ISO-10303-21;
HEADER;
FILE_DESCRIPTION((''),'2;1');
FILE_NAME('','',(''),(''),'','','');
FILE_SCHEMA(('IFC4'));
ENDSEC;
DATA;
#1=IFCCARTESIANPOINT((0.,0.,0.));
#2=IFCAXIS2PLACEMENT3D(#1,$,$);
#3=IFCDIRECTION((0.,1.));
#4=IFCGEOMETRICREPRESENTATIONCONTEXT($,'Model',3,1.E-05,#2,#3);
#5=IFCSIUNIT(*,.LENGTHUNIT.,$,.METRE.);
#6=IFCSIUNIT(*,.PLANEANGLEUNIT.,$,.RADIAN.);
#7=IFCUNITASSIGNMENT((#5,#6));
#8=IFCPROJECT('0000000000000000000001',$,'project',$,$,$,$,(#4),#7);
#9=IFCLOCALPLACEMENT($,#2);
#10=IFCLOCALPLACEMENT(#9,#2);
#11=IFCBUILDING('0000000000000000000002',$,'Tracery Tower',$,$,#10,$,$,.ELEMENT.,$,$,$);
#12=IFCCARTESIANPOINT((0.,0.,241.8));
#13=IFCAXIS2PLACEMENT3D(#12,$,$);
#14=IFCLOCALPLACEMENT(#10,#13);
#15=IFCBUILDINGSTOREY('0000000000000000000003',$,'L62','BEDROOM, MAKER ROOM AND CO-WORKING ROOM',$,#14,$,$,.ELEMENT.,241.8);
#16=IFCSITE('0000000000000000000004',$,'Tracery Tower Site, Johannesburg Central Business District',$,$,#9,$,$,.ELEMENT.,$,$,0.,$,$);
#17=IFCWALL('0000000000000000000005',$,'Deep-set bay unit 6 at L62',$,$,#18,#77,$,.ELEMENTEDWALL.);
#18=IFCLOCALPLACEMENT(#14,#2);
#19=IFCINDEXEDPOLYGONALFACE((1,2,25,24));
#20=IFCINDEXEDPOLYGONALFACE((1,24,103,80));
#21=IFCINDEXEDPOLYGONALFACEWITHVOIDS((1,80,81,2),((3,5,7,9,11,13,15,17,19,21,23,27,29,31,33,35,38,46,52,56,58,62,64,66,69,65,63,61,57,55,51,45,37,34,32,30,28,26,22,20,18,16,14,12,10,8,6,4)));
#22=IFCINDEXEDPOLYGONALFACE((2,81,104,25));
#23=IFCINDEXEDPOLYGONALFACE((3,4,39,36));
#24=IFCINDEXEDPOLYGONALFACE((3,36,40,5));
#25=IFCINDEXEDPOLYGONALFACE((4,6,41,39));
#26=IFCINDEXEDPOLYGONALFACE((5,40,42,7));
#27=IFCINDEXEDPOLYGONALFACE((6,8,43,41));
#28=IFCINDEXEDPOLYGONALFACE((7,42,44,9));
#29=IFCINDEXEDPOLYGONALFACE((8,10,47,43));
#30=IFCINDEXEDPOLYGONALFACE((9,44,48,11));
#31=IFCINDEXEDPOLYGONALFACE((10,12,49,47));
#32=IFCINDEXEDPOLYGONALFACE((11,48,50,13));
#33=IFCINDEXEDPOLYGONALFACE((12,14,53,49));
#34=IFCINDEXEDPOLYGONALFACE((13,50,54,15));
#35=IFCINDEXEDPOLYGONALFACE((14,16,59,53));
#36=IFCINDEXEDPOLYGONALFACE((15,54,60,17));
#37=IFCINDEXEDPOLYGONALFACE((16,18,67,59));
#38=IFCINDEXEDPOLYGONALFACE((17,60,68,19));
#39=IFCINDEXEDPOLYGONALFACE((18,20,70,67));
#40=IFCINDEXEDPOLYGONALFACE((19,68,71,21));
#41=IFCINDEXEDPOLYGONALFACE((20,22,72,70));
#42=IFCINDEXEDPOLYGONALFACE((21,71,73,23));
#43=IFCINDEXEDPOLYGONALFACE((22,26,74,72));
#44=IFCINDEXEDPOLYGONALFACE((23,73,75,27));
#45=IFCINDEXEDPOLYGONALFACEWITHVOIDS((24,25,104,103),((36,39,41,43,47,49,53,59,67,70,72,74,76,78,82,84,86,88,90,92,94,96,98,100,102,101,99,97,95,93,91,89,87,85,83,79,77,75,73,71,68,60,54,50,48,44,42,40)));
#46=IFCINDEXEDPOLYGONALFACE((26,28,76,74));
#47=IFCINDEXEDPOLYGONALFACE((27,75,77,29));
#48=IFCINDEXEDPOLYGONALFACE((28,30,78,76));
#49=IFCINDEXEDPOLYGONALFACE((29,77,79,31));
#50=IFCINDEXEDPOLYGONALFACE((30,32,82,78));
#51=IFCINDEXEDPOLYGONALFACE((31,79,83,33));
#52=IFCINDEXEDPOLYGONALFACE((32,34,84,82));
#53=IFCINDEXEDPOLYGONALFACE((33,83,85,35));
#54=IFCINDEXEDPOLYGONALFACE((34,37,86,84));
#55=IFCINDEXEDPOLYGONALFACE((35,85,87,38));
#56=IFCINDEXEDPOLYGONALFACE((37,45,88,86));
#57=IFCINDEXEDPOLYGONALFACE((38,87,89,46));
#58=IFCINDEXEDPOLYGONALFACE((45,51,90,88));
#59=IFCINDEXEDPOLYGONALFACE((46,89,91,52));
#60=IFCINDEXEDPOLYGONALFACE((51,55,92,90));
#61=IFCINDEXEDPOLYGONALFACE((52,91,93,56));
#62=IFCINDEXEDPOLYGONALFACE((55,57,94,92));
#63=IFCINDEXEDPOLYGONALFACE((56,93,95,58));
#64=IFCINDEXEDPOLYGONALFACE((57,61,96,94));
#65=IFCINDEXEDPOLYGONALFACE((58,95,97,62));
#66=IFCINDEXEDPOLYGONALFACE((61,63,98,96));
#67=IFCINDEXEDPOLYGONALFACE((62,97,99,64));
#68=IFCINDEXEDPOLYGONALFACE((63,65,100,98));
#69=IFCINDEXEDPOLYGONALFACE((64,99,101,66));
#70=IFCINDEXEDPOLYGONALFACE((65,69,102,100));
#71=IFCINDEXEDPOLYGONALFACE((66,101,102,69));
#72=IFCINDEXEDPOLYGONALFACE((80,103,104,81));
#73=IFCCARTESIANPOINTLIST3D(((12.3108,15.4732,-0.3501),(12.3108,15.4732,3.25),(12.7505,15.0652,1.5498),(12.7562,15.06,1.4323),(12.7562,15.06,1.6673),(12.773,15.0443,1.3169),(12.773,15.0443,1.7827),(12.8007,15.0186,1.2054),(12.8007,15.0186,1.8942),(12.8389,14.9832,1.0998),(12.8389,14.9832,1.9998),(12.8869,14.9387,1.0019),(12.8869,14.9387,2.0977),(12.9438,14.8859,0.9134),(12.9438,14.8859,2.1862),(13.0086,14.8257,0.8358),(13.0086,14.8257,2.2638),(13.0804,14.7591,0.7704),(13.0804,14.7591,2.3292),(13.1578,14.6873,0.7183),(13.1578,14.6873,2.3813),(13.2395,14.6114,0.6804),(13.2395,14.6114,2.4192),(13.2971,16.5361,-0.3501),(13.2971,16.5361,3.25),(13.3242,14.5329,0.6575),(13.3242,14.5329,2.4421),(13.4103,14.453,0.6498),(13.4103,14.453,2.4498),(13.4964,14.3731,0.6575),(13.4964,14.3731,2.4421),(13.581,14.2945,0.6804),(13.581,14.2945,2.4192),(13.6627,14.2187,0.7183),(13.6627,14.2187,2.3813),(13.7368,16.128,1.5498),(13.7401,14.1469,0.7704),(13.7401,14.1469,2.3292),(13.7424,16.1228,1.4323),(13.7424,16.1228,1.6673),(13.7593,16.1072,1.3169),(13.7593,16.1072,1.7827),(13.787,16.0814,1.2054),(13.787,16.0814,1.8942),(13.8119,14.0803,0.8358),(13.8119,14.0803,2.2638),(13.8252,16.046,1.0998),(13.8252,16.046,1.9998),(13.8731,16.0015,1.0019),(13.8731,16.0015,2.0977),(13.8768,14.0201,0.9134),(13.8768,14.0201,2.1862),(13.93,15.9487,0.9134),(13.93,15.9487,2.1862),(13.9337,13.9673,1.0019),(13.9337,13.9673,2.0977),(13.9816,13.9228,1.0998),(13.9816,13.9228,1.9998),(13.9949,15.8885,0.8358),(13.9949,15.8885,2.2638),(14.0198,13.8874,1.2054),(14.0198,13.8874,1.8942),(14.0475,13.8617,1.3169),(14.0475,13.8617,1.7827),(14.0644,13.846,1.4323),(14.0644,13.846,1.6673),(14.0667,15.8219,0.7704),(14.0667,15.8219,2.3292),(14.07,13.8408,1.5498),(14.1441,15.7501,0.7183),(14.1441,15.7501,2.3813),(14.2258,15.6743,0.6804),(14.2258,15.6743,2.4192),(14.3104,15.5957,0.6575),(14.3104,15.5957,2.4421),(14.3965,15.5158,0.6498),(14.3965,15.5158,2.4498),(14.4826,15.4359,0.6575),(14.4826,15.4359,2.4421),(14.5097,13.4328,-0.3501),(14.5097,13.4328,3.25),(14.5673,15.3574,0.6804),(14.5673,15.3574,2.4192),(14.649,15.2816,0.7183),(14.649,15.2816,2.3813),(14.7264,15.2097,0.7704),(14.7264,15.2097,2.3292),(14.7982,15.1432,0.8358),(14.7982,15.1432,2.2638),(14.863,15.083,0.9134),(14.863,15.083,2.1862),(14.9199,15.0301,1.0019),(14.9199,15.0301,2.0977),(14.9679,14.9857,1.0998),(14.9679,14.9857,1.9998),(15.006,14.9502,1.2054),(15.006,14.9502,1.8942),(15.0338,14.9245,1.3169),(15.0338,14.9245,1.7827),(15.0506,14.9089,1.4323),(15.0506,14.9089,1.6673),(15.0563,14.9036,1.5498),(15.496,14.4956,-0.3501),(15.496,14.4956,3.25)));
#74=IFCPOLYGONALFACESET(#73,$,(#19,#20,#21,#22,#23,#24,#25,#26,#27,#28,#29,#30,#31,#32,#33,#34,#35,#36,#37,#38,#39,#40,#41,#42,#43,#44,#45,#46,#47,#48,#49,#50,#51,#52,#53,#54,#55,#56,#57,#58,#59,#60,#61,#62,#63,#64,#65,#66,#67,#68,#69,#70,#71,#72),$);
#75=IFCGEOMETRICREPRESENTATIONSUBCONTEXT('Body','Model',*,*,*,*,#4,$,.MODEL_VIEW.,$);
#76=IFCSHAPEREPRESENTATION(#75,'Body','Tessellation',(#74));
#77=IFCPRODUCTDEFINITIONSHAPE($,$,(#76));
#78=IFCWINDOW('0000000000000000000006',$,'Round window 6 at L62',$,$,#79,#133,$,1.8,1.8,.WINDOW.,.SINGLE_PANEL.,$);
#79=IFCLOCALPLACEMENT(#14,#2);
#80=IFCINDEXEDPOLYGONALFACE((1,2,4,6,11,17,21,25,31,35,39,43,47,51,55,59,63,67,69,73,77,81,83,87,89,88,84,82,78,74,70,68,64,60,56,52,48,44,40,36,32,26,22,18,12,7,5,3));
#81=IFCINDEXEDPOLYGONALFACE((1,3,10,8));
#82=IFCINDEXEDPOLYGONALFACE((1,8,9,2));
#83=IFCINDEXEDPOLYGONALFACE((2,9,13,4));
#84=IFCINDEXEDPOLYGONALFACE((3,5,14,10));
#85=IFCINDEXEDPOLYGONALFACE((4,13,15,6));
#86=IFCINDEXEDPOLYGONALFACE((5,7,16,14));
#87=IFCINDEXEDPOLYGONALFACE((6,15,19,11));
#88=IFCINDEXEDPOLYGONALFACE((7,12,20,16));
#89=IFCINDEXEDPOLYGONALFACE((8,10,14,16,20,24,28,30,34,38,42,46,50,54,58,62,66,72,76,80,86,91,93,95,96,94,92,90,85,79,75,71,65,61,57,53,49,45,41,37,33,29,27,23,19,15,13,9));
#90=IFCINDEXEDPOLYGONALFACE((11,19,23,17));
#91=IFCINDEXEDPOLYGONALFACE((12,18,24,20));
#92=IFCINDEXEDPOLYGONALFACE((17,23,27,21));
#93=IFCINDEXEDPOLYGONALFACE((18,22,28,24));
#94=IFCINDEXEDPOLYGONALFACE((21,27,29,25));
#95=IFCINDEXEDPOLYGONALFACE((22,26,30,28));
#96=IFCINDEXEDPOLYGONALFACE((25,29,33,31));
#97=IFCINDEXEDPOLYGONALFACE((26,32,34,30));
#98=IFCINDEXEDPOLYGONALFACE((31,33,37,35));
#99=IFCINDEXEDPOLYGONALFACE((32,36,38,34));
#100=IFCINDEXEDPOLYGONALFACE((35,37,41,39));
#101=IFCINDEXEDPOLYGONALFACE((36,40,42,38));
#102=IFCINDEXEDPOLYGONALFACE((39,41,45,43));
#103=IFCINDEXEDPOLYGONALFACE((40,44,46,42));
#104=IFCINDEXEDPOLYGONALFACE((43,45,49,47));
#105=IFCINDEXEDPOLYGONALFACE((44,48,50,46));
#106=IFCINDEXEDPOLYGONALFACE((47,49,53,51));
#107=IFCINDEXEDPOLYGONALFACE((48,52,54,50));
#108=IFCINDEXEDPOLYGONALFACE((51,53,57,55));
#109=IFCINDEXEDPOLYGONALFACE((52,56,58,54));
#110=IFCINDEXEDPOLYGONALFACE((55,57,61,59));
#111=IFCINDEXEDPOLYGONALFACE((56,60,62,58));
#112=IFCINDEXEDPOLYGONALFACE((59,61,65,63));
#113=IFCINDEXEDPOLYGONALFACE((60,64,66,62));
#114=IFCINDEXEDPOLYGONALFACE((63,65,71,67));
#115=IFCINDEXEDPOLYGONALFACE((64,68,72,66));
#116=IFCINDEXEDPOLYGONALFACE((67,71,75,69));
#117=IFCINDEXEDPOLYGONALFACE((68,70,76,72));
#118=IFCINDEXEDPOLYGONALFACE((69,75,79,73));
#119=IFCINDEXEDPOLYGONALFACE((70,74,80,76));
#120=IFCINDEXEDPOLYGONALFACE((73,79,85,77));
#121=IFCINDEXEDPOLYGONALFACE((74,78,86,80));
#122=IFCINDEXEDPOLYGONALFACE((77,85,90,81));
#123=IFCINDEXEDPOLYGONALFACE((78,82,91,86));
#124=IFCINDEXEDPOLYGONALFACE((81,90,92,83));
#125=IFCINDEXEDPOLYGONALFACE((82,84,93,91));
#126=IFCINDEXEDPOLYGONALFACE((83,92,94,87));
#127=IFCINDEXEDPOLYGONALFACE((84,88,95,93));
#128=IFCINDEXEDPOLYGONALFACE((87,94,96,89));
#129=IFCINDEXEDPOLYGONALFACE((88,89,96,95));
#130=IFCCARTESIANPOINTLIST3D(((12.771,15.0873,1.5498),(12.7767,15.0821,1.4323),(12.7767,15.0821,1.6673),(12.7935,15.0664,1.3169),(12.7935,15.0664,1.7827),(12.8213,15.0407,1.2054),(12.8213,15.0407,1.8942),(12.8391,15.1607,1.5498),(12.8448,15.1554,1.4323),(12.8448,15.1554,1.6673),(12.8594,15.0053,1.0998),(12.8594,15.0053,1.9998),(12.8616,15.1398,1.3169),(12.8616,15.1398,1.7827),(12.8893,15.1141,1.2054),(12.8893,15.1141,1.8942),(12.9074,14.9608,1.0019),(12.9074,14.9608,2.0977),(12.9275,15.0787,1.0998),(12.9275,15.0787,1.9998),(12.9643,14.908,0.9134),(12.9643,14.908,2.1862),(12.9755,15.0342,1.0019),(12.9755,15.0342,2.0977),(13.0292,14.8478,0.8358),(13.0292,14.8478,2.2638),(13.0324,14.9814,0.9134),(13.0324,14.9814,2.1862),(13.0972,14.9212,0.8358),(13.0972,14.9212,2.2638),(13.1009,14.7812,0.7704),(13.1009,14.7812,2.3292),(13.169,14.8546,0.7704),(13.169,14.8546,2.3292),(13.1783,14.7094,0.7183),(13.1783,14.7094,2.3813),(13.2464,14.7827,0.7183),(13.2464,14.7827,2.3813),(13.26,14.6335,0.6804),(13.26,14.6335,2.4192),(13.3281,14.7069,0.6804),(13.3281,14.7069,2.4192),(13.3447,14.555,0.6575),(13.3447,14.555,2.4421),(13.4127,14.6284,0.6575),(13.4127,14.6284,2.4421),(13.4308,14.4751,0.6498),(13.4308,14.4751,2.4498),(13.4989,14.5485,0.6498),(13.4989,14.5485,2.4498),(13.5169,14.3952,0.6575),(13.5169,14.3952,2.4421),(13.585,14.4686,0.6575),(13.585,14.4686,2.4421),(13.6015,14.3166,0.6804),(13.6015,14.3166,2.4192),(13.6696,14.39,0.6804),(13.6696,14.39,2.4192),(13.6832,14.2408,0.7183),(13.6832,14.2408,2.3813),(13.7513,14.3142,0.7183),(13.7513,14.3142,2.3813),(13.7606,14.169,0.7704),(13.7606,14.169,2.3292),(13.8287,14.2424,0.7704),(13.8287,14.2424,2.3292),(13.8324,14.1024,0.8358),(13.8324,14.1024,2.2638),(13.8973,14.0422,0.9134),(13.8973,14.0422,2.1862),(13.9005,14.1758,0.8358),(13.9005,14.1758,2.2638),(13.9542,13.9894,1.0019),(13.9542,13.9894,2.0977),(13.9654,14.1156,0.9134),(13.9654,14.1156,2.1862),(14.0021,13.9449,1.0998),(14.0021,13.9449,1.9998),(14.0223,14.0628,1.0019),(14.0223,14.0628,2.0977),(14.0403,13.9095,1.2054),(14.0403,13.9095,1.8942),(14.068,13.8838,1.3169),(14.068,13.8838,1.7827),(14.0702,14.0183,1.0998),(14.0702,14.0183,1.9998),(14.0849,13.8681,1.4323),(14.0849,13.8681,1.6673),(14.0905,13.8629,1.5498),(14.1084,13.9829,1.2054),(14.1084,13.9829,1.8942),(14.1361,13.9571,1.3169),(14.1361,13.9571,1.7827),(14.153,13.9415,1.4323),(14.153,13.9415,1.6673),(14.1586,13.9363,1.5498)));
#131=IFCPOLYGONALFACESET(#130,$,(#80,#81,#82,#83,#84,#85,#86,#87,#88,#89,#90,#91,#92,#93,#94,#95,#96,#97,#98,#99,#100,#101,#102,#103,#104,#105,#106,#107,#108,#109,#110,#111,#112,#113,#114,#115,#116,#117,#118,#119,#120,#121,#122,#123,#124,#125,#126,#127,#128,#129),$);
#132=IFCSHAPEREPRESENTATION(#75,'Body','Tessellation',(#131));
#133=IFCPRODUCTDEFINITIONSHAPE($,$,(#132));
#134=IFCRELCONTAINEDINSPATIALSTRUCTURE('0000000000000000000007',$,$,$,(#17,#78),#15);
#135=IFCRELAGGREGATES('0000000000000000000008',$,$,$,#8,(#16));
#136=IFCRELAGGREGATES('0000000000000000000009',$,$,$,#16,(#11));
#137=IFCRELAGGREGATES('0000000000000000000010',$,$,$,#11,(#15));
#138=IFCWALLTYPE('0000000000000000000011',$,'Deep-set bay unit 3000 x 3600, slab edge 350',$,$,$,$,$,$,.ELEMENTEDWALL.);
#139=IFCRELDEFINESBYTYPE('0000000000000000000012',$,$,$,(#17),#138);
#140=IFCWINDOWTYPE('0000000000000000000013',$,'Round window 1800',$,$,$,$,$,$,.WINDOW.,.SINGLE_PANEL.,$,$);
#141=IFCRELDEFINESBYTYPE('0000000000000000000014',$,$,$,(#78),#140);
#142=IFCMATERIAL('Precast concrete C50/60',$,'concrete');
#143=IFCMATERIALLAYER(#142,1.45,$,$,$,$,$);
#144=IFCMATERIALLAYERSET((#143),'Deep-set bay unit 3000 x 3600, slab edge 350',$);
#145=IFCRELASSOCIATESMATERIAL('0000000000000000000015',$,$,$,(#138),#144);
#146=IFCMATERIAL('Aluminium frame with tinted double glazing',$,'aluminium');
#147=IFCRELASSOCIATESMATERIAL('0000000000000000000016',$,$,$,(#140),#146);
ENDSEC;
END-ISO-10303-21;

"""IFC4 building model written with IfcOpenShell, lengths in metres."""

from ifc_helpers import new_model, si_unit, direction, frame, frame_2d, origin, origin_2d, place, context, subcontext, project, spatial, rectangle, circle, extrude, material, layer, layer_set, type_object, element, fill, save


model = new_model("IFC4")

# Units and contexts
model_context = context("Model", 3, precision=1e-05, world=origin(), true_north=direction((0.0, 1.0)))
body_context = subcontext(model_context, "Body", "Model", "MODEL_VIEW")
ifc_project = project(units=[si_unit("LENGTHUNIT", "METRE"), si_unit("PLANEANGLEUNIT", "RADIAN")], contexts=[model_context])

# Site, building, storey
site_placement = place(None, origin())
site = spatial("IfcSite", under=ifc_project, at=site_placement, Name="Tracery Tower Site, Johannesburg Central Business District", CompositionType="ELEMENT", RefElevation=0.0)
building_placement = place(site_placement, origin())
building = spatial("IfcBuilding", under=site, at=building_placement, Name="Tracery Tower", CompositionType="ELEMENT")
storey_placement = place(building_placement, frame((0.0, 0.0, 241.8)))
storey = spatial("IfcBuildingStorey", under=building, at=storey_placement, Name="L62", Description="BEDROOM, MAKER ROOM AND CO-WORKING ROOM", CompositionType="ELEMENT", Elevation=241.8)

# Wall, opening, window
ifc_material_1 = material(Name="Precast concrete C50/60", Category="concrete")
ifc_layer_1 = layer(ifc_material_1, 1.45)
ifc_layer_set_1 = layer_set([ifc_layer_1], Name="Deep-set bay unit 3000 x 3600, slab edge 350")
wall_type_1 = type_object("IfcWallType", Name="Deep-set bay unit 3000 x 3600, slab edge 350", PredefinedType="ELEMENTEDWALL", material=ifc_layer_set_1)
wall_1_placement = place(storey_placement, frame((15.0029, 13.9641, -0.3501), z_axis=(0.0, 0.0, 1.0), x_axis=(-0.733022, 0.680204, 0.0)))
wall_1 = element("IfcWall", 1, at=wall_1_placement, inside=storey, type_object=wall_type_1, Name="Deep-set bay unit 6 at L62", PredefinedType="ELEMENTEDWALL", context=body_context, shape_type="SweptSolid", body=[
    extrude(rectangle(XDim=2.9998, YDim=1.45, at=frame_2d((1.5, 0.0))), origin(), (0.0, 0.0, 1.0), 3.6001),
])
opening_1_placement = place(wall_1_placement, frame((1.5, 0.0, 1.8999)))
opening_1 = element("IfcOpeningElement", 2, at=opening_1_placement, cuts=wall_1, PredefinedType="OPENING", context=body_context, shape_type="SweptSolid", body=[
    extrude(circle(Radius=0.9, at=origin_2d()), frame((0.0, 0.7349, 0.0), z_axis=(0.0, -1.0, 0.0), x_axis=(1.0, 0.0, 0.0)), (0.0, 0.0, 1.0), 1.47),
])
ifc_material_2 = material(Name="Aluminium frame with tinted double glazing", Category="aluminium")
window_type = type_object("IfcWindowType", Name="Round window 1800", PartitioningType="SINGLE_PANEL", PredefinedType="WINDOW", material=ifc_material_2)
window_1_placement = place(opening_1_placement, origin())
window_1 = element("IfcWindow", 3, at=window_1_placement, inside=storey, type_object=window_type, Name="Round window 6 at L62", OverallHeight=1.8, OverallWidth=1.8, PartitioningType="SINGLE_PANEL", PredefinedType="WINDOW", context=body_context, shape_type="SweptSolid", body=[
    extrude(circle(Radius=0.9, at=origin_2d()), frame((0.0, 0.6948, 0.0), z_axis=(0.0, -1.0, 0.0), x_axis=(1.0, 0.0, 0.0)), (0.0, 0.0, 1.0), 0.1001),
])
fill(opening_1, window_1)

save(model, "model.ifc")
